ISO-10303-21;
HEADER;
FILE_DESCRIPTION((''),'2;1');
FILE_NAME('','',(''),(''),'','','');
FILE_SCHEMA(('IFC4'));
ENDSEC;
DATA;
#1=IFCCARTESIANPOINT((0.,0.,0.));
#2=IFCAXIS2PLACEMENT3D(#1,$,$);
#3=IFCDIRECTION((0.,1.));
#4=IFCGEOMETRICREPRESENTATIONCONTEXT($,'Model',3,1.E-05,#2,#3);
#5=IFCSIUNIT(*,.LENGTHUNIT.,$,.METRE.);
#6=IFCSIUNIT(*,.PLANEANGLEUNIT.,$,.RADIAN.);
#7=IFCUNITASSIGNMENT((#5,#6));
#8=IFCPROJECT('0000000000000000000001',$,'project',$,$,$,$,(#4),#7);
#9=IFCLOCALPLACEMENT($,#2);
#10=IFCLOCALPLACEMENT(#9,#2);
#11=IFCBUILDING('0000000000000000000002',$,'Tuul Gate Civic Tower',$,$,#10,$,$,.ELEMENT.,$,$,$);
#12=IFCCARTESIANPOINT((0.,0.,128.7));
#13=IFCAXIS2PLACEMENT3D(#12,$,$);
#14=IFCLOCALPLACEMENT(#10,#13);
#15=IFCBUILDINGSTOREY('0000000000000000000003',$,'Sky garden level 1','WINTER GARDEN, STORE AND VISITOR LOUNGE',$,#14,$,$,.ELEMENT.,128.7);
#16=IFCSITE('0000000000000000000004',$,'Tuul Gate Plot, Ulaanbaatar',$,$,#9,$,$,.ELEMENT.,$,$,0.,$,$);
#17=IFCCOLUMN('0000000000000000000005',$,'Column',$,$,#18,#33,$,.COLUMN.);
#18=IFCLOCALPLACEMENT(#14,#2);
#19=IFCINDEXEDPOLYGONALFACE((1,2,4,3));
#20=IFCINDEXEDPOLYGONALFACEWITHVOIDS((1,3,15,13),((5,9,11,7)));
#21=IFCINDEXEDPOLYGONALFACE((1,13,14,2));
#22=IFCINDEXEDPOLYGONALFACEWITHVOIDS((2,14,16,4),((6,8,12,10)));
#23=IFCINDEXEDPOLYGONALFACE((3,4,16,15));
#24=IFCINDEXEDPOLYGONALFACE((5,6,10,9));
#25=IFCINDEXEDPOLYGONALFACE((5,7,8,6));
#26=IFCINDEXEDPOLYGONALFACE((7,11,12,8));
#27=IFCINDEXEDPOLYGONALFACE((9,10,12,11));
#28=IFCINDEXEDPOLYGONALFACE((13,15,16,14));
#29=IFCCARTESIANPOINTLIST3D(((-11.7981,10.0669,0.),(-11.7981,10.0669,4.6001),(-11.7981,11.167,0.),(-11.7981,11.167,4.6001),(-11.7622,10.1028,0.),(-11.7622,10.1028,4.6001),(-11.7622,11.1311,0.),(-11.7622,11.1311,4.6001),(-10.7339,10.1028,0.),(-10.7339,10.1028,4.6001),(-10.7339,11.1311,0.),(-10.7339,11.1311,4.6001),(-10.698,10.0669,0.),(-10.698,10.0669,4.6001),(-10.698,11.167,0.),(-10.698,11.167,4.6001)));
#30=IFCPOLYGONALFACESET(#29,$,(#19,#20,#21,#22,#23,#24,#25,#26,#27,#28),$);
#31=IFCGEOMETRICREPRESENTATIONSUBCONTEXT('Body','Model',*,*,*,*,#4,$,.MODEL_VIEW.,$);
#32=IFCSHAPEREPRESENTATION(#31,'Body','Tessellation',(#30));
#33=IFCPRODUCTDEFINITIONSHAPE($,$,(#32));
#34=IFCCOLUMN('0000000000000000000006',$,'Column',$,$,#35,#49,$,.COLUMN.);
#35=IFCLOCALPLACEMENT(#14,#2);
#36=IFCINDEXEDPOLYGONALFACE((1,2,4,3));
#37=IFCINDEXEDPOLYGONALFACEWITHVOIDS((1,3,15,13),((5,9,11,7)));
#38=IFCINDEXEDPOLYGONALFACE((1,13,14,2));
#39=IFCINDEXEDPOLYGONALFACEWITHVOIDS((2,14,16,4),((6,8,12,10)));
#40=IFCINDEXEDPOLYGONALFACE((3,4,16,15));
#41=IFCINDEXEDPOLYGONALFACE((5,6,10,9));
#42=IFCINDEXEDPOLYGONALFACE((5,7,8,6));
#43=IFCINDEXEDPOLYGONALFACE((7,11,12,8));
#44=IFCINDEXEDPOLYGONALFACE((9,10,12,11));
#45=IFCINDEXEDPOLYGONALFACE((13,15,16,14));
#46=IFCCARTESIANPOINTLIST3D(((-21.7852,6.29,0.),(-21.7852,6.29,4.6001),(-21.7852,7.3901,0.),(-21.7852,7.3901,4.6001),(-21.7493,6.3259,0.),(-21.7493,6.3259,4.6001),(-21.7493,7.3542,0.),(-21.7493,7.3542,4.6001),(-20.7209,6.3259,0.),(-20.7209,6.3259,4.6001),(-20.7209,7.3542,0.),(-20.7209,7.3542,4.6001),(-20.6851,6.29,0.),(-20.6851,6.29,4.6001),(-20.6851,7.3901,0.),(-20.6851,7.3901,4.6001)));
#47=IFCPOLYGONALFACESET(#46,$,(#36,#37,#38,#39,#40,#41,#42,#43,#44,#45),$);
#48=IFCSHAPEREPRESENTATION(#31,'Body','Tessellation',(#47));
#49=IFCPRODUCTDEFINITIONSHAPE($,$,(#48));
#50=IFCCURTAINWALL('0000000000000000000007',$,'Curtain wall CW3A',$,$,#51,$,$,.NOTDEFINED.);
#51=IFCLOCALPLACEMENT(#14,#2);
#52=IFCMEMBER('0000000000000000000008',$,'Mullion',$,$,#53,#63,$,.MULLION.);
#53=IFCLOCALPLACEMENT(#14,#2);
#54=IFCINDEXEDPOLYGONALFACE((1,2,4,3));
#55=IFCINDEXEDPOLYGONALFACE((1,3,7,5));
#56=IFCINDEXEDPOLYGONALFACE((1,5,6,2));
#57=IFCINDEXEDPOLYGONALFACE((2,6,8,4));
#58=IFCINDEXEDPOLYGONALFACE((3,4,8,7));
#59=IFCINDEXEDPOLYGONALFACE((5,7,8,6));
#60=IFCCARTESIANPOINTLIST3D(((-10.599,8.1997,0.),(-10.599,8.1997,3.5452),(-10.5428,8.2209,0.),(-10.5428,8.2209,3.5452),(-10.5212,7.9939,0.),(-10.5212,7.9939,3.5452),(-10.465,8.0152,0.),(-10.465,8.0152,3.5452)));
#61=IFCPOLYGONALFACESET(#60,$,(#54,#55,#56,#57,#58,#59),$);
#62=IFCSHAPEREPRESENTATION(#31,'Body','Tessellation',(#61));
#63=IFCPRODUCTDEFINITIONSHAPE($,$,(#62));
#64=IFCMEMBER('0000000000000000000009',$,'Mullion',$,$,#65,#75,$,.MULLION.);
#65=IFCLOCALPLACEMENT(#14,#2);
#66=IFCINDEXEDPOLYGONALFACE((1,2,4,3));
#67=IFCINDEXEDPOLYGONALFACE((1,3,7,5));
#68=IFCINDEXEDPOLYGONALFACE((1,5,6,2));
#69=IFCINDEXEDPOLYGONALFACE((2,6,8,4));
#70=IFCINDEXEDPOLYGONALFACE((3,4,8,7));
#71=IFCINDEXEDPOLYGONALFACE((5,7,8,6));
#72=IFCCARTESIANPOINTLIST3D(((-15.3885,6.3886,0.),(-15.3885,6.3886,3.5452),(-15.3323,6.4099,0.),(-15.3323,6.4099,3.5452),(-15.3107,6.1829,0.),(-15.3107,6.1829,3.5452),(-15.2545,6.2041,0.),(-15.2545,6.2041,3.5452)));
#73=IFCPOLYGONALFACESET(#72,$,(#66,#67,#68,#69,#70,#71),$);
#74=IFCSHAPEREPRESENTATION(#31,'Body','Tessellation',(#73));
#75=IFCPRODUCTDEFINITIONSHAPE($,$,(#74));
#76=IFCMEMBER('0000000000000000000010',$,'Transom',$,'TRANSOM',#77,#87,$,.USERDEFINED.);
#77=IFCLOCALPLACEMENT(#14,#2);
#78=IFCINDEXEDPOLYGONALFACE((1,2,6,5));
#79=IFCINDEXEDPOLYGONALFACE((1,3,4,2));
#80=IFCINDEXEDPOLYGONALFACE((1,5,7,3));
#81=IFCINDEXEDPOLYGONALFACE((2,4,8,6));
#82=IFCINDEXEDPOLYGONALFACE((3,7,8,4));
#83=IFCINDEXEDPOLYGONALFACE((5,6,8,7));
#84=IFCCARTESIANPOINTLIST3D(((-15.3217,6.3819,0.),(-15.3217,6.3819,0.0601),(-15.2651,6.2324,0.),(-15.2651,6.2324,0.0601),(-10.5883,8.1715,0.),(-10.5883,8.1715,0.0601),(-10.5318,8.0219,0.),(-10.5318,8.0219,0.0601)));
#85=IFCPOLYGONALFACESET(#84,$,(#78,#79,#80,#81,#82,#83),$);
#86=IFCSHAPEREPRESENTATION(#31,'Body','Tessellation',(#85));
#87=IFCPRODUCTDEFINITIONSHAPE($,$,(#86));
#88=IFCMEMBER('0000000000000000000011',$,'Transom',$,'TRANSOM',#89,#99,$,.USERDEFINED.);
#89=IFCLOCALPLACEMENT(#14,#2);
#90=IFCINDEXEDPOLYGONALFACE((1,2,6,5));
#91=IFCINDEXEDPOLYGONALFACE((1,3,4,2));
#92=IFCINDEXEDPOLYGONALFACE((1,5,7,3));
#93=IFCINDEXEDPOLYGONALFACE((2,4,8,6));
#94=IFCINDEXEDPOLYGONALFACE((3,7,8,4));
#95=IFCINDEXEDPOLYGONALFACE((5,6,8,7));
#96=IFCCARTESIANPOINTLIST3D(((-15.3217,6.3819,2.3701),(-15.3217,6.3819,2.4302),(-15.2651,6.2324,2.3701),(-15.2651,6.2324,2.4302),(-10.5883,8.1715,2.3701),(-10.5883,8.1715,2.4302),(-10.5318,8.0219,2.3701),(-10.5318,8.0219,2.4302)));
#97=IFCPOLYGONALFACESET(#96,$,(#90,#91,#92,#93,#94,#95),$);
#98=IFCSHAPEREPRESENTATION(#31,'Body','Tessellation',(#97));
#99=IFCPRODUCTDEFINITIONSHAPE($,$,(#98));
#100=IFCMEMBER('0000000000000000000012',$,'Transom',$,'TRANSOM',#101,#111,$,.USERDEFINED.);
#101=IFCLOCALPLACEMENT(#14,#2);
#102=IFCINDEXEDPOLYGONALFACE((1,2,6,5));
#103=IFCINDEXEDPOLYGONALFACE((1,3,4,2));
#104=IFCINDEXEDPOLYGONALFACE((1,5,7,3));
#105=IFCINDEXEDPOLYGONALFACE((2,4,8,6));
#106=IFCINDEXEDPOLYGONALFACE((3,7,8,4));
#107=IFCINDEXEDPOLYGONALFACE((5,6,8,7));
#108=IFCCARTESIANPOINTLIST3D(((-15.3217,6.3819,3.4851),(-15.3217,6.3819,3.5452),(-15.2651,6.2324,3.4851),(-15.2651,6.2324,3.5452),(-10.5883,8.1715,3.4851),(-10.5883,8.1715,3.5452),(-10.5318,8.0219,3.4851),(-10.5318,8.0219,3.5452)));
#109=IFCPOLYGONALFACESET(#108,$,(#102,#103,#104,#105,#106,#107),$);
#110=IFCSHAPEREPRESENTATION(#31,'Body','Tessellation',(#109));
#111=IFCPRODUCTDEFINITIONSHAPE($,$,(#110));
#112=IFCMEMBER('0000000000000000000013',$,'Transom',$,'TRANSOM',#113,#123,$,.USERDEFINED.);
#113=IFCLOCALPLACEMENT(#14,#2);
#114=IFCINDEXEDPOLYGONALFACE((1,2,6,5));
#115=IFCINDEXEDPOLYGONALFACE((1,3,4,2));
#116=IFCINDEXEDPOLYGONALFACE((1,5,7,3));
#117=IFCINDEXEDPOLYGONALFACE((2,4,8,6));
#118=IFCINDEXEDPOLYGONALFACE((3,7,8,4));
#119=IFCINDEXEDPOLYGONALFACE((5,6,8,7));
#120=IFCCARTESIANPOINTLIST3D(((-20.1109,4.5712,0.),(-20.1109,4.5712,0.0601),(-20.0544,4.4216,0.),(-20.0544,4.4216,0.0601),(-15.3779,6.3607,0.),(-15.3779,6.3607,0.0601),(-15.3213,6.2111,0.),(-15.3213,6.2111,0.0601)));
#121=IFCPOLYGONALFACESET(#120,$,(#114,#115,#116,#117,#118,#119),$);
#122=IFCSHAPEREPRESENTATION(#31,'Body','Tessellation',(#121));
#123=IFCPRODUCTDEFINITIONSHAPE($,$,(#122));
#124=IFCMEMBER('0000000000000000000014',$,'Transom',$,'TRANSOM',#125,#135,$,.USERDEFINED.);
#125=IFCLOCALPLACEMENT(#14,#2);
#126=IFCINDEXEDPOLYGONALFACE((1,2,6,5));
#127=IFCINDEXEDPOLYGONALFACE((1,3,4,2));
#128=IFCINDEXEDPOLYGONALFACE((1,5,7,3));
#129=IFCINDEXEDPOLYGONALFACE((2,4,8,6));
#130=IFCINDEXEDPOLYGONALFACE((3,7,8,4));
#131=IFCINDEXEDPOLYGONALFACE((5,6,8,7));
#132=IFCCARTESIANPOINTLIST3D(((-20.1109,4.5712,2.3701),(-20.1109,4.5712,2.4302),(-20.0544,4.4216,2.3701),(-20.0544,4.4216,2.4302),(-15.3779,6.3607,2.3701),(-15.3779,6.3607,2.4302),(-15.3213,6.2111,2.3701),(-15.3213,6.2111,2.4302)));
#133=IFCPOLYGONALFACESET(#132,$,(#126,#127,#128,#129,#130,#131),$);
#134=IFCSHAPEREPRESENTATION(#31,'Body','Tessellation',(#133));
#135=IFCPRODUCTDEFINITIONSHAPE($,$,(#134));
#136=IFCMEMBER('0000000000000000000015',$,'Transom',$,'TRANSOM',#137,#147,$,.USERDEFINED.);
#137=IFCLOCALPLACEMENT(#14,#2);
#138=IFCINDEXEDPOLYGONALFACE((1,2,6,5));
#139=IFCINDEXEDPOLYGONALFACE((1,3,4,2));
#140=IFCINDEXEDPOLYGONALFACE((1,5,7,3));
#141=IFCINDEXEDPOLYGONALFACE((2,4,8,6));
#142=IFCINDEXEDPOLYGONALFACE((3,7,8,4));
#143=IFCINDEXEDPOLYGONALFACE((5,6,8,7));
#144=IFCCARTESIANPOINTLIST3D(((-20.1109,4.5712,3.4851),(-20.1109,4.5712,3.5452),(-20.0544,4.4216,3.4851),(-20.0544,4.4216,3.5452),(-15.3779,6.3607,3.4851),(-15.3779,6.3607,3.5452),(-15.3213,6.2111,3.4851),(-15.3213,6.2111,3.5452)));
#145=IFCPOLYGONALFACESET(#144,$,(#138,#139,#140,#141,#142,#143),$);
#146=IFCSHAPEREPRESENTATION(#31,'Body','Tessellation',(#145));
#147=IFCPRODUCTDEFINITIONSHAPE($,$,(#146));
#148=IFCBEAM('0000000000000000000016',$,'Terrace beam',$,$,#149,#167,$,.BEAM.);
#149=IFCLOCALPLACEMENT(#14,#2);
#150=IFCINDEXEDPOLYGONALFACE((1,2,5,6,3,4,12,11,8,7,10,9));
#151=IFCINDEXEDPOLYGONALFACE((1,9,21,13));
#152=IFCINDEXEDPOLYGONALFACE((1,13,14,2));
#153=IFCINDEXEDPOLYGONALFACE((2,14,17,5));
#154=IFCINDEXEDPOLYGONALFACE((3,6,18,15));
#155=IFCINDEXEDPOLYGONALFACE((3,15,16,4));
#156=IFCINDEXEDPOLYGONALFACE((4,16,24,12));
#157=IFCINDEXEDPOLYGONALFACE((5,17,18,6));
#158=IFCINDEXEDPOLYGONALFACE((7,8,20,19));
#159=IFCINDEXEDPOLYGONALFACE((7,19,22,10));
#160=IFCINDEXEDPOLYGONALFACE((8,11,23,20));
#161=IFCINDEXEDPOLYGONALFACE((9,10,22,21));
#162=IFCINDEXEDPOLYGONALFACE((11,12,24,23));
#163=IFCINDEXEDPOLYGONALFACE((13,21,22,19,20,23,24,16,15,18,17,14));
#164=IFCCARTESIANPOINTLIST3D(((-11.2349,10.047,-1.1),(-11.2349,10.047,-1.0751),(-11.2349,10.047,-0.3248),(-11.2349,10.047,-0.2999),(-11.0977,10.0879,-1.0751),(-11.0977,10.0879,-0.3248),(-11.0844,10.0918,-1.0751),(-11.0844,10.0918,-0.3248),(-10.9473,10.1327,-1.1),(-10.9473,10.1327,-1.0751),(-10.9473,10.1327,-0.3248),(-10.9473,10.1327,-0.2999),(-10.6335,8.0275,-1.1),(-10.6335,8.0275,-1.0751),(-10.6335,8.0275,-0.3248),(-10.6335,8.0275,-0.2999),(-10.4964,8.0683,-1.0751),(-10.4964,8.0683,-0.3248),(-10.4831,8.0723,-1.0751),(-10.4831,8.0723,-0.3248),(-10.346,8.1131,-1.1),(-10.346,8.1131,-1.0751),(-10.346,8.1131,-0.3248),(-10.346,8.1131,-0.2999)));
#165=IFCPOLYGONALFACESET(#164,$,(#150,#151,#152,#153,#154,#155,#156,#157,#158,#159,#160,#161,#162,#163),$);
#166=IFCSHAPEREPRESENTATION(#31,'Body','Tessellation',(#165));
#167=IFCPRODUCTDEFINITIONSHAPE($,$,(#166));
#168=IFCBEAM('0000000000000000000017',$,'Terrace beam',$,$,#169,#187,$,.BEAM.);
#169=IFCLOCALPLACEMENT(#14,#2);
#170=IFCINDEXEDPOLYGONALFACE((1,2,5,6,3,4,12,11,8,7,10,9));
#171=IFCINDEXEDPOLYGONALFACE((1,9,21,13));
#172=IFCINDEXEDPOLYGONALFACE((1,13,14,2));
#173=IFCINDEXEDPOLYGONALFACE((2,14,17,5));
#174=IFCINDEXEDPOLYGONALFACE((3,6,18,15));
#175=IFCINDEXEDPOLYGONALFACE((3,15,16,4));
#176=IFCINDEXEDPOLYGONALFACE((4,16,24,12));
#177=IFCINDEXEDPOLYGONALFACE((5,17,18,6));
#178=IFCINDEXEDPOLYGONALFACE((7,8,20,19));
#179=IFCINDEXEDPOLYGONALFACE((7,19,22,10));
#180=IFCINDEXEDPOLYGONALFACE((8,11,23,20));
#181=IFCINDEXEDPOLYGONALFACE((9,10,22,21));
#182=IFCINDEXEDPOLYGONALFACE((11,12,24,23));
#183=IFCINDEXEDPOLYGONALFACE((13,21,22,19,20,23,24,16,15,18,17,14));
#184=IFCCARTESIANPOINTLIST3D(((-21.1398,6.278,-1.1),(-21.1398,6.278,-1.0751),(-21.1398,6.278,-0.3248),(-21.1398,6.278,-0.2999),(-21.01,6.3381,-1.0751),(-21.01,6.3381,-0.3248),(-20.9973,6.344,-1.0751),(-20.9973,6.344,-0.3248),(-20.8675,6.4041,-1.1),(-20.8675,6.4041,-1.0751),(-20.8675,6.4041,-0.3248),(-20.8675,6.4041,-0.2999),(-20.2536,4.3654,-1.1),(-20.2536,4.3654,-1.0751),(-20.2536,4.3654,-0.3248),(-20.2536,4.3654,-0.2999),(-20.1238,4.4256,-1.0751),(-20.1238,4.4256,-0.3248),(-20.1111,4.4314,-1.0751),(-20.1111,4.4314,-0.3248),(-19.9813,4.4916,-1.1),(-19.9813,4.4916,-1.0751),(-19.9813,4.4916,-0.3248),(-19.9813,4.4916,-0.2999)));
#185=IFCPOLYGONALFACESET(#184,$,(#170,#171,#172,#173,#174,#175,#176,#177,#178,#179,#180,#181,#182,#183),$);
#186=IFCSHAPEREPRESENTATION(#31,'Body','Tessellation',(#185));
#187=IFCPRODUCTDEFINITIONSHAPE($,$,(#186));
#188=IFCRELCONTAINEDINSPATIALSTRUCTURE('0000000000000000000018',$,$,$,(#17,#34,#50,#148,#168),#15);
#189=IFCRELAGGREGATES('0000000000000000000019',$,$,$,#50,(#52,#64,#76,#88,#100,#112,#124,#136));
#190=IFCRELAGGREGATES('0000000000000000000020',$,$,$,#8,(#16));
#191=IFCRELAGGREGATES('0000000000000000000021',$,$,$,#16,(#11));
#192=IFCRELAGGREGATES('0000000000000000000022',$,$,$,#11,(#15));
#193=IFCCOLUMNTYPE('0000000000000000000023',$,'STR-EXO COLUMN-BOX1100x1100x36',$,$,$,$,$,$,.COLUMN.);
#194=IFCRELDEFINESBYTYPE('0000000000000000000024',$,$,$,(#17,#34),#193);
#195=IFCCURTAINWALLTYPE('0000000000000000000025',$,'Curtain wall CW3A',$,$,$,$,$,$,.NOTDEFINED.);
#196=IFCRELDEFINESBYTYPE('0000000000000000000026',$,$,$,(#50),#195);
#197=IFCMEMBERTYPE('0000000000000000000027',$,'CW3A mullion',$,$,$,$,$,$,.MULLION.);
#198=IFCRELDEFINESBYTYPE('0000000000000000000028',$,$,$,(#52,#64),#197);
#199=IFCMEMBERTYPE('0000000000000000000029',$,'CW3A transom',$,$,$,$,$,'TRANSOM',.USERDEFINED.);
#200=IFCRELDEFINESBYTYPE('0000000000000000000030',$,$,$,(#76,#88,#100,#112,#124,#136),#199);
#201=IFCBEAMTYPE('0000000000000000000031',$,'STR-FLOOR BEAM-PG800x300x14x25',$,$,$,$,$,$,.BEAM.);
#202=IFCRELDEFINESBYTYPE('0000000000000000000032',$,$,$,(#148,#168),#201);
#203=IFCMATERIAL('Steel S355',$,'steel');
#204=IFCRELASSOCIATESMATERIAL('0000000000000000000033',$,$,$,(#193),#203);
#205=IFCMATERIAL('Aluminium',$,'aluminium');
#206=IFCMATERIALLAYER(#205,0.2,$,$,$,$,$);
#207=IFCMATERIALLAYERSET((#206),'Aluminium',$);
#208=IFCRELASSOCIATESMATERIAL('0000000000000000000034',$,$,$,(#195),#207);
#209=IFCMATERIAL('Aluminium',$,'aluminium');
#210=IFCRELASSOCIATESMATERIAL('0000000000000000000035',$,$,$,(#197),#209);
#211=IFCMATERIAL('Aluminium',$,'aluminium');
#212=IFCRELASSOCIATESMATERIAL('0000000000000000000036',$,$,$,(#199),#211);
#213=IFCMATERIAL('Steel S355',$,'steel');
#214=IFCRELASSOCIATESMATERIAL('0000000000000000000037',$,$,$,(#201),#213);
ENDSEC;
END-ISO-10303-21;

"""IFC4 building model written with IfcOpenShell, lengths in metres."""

from ifc_helpers import new_model, si_unit, direction, frame, origin, origin_2d, place, context, subcontext, project, spatial, rectangle, hollow_rectangle, i_section, extrude, material, layer, layer_set, material_profile, profile_set, type_object, element, aggregate, save


model = new_model("IFC4")

# Units and contexts
model_context = context("Model", 3, precision=1e-05, world=origin(), true_north=direction((0.0, 1.0)))
body_context = subcontext(model_context, "Body", "Model", "MODEL_VIEW")
ifc_project = project(units=[si_unit("LENGTHUNIT", "METRE"), si_unit("PLANEANGLEUNIT", "RADIAN")], contexts=[model_context])

# Site, building, storey
site_placement = place(None, origin())
site = spatial("IfcSite", under=ifc_project, at=site_placement, Name="Tuul Gate Plot, Ulaanbaatar", CompositionType="ELEMENT", RefElevation=0.0)
building_placement = place(site_placement, origin())
building = spatial("IfcBuilding", under=site, at=building_placement, Name="Tuul Gate Civic Tower", CompositionType="ELEMENT")
storey_placement = place(building_placement, frame((0.0, 0.0, 128.7)))
storey = spatial("IfcBuildingStorey", under=building, at=storey_placement, Name="Sky garden level 1", Description="WINTER GARDEN, STORE AND VISITOR LOUNGE", CompositionType="ELEMENT", Elevation=128.7)

# Columns
ifc_material_1 = material(Name="Steel S355", Category="steel")
ifc_material_profile_1 = material_profile(ifc_material_1, hollow_rectangle(XDim=1.1001, YDim=1.1001, WallThickness=0.0359, at=origin_2d()), Name="BOX1100x1100x36")
ifc_profile_set_1 = profile_set([ifc_material_profile_1], Name="Steel S355")
column_type = type_object("IfcColumnType", Name="STR-EXO COLUMN-BOX1100x1100x36", PredefinedType="COLUMN", material=ifc_profile_set_1)
for number, where, z_axis, x_axis, name in (
    (1, (-11.248, 10.6169, 0.0), (0.0, 0.0, 1.0), (1.0, 0.0, 0.0), "Column"),
    (2, (-21.2351, 6.8401, 0.0), (0.0, 0.0, 1.0), (1.0, 0.0, 0.0), "Column"),
):
    element("IfcColumn", number, at=place(storey_placement, frame(where, z_axis=z_axis, x_axis=x_axis)), inside=storey, type_object=column_type, Name=name, PredefinedType="COLUMN", context=body_context, shape_type="SweptSolid", body=[
        extrude(hollow_rectangle(XDim=1.1001, YDim=1.1001, WallThickness=0.0359, at=origin_2d()), origin(), (0.0, 0.0, 1.0), 4.6001),
    ])

# Curtain wall, members
ifc_material_2 = material(Name="Aluminium", Category="aluminium")
ifc_layer_1 = layer(ifc_material_2, 0.2)
ifc_layer_set_1 = layer_set([ifc_layer_1], Name="Aluminium")
curtain_wall_type = type_object("IfcCurtainWallType", Name="Curtain wall CW3A", PredefinedType="NOTDEFINED", material=ifc_layer_set_1)
curtain_wall_placement = place(storey_placement, origin())
curtain_wall = element("IfcCurtainWall", 3, at=curtain_wall_placement, inside=storey, type_object=curtain_wall_type, Name="Curtain wall CW3A", PredefinedType="NOTDEFINED")
ifc_material_3 = material(Name="Aluminium", Category="aluminium")
ifc_material_profile_2 = material_profile(ifc_material_3, rectangle(XDim=0.22, YDim=0.0601, at=origin_2d()), Name="CW3A mullion")
ifc_profile_set_2 = profile_set([ifc_material_profile_2], Name="Aluminium")
member_type_1 = type_object("IfcMemberType", Name="CW3A mullion", PredefinedType="MULLION", material=ifc_profile_set_2)
member_1_placement = place(storey_placement, frame((-10.532, 8.1074, 0.0), z_axis=(0.0, 0.0, 1.0), x_axis=(0.353665, -0.935372, 0.0)))
member_1 = element("IfcMember", 4, at=member_1_placement, type_object=member_type_1, Name="Mullion", PredefinedType="MULLION", context=body_context, shape_type="SweptSolid", body=[
    extrude(rectangle(XDim=0.22, YDim=0.0601, at=origin_2d()), origin(), (0.0, 0.0, 1.0), 3.5452),
])
member_2_placement = place(storey_placement, frame((-15.3215, 6.2964, 0.0), z_axis=(0.0, 0.0, 1.0), x_axis=(0.353665, -0.935372, 0.0)))
member_2 = element("IfcMember", 5, at=member_2_placement, type_object=member_type_1, Name="Mullion", PredefinedType="MULLION", context=body_context, shape_type="SweptSolid", body=[
    extrude(rectangle(XDim=0.22, YDim=0.0601, at=origin_2d()), origin(), (0.0, 0.0, 1.0), 3.5452),
])
ifc_material_4 = material(Name="Aluminium", Category="aluminium")
ifc_material_profile_3 = material_profile(ifc_material_4, rectangle(XDim=0.1599, YDim=0.0601, at=origin_2d()), Name="CW3A transom")
ifc_profile_set_3 = profile_set([ifc_material_profile_3], Name="Aluminium")
member_type_2 = type_object("IfcMemberType", Name="CW3A transom", ElementType="TRANSOM", PredefinedType="USERDEFINED", material=ifc_profile_set_3)
member_3_placement = place(storey_placement, frame((-10.5601, 8.0967, 0.03), z_axis=(-0.935382, -0.353639, 0.0), x_axis=(0.353639, -0.935382, 0.0)))
member_3 = element("IfcMember", 6, at=member_3_placement, type_object=member_type_2, Name="Transom", ObjectType="TRANSOM", PredefinedType="USERDEFINED", context=body_context, shape_type="SweptSolid", body=[
    extrude(rectangle(XDim=0.1599, YDim=0.0601, at=origin_2d()), origin(), (0.0, 0.0, 1.0), 5.0603),
])
member_4_placement = place(storey_placement, frame((-10.5601, 8.0967, 2.4001), z_axis=(-0.935382, -0.353639, 0.0), x_axis=(0.353639, -0.935382, 0.0)))
member_4 = element("IfcMember", 7, at=member_4_placement, type_object=member_type_2, Name="Transom", ObjectType="TRANSOM", PredefinedType="USERDEFINED", context=body_context, shape_type="SweptSolid", body=[
    extrude(rectangle(XDim=0.1599, YDim=0.0601, at=origin_2d()), origin(), (0.0, 0.0, 1.0), 5.0603),
])
member_5_placement = place(storey_placement, frame((-10.5601, 8.0967, 3.5151), z_axis=(-0.935382, -0.353639, 0.0), x_axis=(0.353639, -0.935382, 0.0)))
member_5 = element("IfcMember", 8, at=member_5_placement, type_object=member_type_2, Name="Transom", ObjectType="TRANSOM", PredefinedType="USERDEFINED", context=body_context, shape_type="SweptSolid", body=[
    extrude(rectangle(XDim=0.1599, YDim=0.0601, at=origin_2d()), origin(), (0.0, 0.0, 1.0), 5.0603),
])
member_6_placement = place(storey_placement, frame((-15.3496, 6.2859, 0.03), z_axis=(-0.935376, -0.353655, 0.0), x_axis=(0.353655, -0.935376, 0.0)))
member_6 = element("IfcMember", 9, at=member_6_placement, type_object=member_type_2, Name="Transom", ObjectType="TRANSOM", PredefinedType="USERDEFINED", context=body_context, shape_type="SweptSolid", body=[
    extrude(rectangle(XDim=0.1599, YDim=0.0601, at=origin_2d()), origin(), (0.0, 0.0, 1.0), 5.0601),
])
member_7_placement = place(storey_placement, frame((-15.3496, 6.2859, 2.4001), z_axis=(-0.935376, -0.353655, 0.0), x_axis=(0.353655, -0.935376, 0.0)))
member_7 = element("IfcMember", 10, at=member_7_placement, type_object=member_type_2, Name="Transom", ObjectType="TRANSOM", PredefinedType="USERDEFINED", context=body_context, shape_type="SweptSolid", body=[
    extrude(rectangle(XDim=0.1599, YDim=0.0601, at=origin_2d()), origin(), (0.0, 0.0, 1.0), 5.0601),
])
member_8_placement = place(storey_placement, frame((-15.3496, 6.2859, 3.5151), z_axis=(-0.935376, -0.353655, 0.0), x_axis=(0.353655, -0.935376, 0.0)))
member_8 = element("IfcMember", 11, at=member_8_placement, type_object=member_type_2, Name="Transom", ObjectType="TRANSOM", PredefinedType="USERDEFINED", context=body_context, shape_type="SweptSolid", body=[
    extrude(rectangle(XDim=0.1599, YDim=0.0601, at=origin_2d()), origin(), (0.0, 0.0, 1.0), 5.0601),
])

# Beams
ifc_material_5 = material(Name="Steel S355", Category="steel")
ifc_material_profile_4 = material_profile(ifc_material_5, i_section(OverallWidth=0.3, OverallDepth=0.8, WebThickness=0.0139, FlangeThickness=0.0249, at=origin_2d()), Name="PG800x300x14x25")
ifc_profile_set_4 = profile_set([ifc_material_profile_4], Name="Steel S355")
beam_type_1 = type_object("IfcBeamType", Name="STR-FLOOR BEAM-PG800x300x14x25", PredefinedType="BEAM", material=ifc_profile_set_4)
beam_1_placement = place(storey_placement, frame((-11.0911, 10.0898, -0.7), z_axis=(0.28537, -0.958417, 0.0), x_axis=(0.958417, 0.28537, 0.0)))
element("IfcBeam", 12, at=beam_1_placement, inside=storey, type_object=beam_type_1, Name="Terrace beam", PredefinedType="BEAM", context=body_context, shape_type="SweptSolid", body=[
    extrude(i_section(OverallWidth=0.3, OverallDepth=0.8, WebThickness=0.0139, FlangeThickness=0.0249, at=origin_2d()), origin(), (0.0, 0.0, 1.0), 2.1072),
])
beam_2_placement = place(storey_placement, frame((-21.0037, 6.3411, -0.7), z_axis=(0.420424, -0.907328, 0.0), x_axis=(0.907328, 0.420424, 0.0)))
element("IfcBeam", 13, at=beam_2_placement, inside=storey, type_object=beam_type_1, Name="Terrace beam", PredefinedType="BEAM", context=body_context, shape_type="SweptSolid", body=[
    extrude(i_section(OverallWidth=0.3, OverallDepth=0.8, WebThickness=0.0139, FlangeThickness=0.0249, at=origin_2d()), origin(), (0.0, 0.0, 1.0), 2.1079),
])

aggregate(curtain_wall, [member_1, member_2, member_3, member_4, member_5, member_6, member_7, member_8])

save(model, "model.ifc")
